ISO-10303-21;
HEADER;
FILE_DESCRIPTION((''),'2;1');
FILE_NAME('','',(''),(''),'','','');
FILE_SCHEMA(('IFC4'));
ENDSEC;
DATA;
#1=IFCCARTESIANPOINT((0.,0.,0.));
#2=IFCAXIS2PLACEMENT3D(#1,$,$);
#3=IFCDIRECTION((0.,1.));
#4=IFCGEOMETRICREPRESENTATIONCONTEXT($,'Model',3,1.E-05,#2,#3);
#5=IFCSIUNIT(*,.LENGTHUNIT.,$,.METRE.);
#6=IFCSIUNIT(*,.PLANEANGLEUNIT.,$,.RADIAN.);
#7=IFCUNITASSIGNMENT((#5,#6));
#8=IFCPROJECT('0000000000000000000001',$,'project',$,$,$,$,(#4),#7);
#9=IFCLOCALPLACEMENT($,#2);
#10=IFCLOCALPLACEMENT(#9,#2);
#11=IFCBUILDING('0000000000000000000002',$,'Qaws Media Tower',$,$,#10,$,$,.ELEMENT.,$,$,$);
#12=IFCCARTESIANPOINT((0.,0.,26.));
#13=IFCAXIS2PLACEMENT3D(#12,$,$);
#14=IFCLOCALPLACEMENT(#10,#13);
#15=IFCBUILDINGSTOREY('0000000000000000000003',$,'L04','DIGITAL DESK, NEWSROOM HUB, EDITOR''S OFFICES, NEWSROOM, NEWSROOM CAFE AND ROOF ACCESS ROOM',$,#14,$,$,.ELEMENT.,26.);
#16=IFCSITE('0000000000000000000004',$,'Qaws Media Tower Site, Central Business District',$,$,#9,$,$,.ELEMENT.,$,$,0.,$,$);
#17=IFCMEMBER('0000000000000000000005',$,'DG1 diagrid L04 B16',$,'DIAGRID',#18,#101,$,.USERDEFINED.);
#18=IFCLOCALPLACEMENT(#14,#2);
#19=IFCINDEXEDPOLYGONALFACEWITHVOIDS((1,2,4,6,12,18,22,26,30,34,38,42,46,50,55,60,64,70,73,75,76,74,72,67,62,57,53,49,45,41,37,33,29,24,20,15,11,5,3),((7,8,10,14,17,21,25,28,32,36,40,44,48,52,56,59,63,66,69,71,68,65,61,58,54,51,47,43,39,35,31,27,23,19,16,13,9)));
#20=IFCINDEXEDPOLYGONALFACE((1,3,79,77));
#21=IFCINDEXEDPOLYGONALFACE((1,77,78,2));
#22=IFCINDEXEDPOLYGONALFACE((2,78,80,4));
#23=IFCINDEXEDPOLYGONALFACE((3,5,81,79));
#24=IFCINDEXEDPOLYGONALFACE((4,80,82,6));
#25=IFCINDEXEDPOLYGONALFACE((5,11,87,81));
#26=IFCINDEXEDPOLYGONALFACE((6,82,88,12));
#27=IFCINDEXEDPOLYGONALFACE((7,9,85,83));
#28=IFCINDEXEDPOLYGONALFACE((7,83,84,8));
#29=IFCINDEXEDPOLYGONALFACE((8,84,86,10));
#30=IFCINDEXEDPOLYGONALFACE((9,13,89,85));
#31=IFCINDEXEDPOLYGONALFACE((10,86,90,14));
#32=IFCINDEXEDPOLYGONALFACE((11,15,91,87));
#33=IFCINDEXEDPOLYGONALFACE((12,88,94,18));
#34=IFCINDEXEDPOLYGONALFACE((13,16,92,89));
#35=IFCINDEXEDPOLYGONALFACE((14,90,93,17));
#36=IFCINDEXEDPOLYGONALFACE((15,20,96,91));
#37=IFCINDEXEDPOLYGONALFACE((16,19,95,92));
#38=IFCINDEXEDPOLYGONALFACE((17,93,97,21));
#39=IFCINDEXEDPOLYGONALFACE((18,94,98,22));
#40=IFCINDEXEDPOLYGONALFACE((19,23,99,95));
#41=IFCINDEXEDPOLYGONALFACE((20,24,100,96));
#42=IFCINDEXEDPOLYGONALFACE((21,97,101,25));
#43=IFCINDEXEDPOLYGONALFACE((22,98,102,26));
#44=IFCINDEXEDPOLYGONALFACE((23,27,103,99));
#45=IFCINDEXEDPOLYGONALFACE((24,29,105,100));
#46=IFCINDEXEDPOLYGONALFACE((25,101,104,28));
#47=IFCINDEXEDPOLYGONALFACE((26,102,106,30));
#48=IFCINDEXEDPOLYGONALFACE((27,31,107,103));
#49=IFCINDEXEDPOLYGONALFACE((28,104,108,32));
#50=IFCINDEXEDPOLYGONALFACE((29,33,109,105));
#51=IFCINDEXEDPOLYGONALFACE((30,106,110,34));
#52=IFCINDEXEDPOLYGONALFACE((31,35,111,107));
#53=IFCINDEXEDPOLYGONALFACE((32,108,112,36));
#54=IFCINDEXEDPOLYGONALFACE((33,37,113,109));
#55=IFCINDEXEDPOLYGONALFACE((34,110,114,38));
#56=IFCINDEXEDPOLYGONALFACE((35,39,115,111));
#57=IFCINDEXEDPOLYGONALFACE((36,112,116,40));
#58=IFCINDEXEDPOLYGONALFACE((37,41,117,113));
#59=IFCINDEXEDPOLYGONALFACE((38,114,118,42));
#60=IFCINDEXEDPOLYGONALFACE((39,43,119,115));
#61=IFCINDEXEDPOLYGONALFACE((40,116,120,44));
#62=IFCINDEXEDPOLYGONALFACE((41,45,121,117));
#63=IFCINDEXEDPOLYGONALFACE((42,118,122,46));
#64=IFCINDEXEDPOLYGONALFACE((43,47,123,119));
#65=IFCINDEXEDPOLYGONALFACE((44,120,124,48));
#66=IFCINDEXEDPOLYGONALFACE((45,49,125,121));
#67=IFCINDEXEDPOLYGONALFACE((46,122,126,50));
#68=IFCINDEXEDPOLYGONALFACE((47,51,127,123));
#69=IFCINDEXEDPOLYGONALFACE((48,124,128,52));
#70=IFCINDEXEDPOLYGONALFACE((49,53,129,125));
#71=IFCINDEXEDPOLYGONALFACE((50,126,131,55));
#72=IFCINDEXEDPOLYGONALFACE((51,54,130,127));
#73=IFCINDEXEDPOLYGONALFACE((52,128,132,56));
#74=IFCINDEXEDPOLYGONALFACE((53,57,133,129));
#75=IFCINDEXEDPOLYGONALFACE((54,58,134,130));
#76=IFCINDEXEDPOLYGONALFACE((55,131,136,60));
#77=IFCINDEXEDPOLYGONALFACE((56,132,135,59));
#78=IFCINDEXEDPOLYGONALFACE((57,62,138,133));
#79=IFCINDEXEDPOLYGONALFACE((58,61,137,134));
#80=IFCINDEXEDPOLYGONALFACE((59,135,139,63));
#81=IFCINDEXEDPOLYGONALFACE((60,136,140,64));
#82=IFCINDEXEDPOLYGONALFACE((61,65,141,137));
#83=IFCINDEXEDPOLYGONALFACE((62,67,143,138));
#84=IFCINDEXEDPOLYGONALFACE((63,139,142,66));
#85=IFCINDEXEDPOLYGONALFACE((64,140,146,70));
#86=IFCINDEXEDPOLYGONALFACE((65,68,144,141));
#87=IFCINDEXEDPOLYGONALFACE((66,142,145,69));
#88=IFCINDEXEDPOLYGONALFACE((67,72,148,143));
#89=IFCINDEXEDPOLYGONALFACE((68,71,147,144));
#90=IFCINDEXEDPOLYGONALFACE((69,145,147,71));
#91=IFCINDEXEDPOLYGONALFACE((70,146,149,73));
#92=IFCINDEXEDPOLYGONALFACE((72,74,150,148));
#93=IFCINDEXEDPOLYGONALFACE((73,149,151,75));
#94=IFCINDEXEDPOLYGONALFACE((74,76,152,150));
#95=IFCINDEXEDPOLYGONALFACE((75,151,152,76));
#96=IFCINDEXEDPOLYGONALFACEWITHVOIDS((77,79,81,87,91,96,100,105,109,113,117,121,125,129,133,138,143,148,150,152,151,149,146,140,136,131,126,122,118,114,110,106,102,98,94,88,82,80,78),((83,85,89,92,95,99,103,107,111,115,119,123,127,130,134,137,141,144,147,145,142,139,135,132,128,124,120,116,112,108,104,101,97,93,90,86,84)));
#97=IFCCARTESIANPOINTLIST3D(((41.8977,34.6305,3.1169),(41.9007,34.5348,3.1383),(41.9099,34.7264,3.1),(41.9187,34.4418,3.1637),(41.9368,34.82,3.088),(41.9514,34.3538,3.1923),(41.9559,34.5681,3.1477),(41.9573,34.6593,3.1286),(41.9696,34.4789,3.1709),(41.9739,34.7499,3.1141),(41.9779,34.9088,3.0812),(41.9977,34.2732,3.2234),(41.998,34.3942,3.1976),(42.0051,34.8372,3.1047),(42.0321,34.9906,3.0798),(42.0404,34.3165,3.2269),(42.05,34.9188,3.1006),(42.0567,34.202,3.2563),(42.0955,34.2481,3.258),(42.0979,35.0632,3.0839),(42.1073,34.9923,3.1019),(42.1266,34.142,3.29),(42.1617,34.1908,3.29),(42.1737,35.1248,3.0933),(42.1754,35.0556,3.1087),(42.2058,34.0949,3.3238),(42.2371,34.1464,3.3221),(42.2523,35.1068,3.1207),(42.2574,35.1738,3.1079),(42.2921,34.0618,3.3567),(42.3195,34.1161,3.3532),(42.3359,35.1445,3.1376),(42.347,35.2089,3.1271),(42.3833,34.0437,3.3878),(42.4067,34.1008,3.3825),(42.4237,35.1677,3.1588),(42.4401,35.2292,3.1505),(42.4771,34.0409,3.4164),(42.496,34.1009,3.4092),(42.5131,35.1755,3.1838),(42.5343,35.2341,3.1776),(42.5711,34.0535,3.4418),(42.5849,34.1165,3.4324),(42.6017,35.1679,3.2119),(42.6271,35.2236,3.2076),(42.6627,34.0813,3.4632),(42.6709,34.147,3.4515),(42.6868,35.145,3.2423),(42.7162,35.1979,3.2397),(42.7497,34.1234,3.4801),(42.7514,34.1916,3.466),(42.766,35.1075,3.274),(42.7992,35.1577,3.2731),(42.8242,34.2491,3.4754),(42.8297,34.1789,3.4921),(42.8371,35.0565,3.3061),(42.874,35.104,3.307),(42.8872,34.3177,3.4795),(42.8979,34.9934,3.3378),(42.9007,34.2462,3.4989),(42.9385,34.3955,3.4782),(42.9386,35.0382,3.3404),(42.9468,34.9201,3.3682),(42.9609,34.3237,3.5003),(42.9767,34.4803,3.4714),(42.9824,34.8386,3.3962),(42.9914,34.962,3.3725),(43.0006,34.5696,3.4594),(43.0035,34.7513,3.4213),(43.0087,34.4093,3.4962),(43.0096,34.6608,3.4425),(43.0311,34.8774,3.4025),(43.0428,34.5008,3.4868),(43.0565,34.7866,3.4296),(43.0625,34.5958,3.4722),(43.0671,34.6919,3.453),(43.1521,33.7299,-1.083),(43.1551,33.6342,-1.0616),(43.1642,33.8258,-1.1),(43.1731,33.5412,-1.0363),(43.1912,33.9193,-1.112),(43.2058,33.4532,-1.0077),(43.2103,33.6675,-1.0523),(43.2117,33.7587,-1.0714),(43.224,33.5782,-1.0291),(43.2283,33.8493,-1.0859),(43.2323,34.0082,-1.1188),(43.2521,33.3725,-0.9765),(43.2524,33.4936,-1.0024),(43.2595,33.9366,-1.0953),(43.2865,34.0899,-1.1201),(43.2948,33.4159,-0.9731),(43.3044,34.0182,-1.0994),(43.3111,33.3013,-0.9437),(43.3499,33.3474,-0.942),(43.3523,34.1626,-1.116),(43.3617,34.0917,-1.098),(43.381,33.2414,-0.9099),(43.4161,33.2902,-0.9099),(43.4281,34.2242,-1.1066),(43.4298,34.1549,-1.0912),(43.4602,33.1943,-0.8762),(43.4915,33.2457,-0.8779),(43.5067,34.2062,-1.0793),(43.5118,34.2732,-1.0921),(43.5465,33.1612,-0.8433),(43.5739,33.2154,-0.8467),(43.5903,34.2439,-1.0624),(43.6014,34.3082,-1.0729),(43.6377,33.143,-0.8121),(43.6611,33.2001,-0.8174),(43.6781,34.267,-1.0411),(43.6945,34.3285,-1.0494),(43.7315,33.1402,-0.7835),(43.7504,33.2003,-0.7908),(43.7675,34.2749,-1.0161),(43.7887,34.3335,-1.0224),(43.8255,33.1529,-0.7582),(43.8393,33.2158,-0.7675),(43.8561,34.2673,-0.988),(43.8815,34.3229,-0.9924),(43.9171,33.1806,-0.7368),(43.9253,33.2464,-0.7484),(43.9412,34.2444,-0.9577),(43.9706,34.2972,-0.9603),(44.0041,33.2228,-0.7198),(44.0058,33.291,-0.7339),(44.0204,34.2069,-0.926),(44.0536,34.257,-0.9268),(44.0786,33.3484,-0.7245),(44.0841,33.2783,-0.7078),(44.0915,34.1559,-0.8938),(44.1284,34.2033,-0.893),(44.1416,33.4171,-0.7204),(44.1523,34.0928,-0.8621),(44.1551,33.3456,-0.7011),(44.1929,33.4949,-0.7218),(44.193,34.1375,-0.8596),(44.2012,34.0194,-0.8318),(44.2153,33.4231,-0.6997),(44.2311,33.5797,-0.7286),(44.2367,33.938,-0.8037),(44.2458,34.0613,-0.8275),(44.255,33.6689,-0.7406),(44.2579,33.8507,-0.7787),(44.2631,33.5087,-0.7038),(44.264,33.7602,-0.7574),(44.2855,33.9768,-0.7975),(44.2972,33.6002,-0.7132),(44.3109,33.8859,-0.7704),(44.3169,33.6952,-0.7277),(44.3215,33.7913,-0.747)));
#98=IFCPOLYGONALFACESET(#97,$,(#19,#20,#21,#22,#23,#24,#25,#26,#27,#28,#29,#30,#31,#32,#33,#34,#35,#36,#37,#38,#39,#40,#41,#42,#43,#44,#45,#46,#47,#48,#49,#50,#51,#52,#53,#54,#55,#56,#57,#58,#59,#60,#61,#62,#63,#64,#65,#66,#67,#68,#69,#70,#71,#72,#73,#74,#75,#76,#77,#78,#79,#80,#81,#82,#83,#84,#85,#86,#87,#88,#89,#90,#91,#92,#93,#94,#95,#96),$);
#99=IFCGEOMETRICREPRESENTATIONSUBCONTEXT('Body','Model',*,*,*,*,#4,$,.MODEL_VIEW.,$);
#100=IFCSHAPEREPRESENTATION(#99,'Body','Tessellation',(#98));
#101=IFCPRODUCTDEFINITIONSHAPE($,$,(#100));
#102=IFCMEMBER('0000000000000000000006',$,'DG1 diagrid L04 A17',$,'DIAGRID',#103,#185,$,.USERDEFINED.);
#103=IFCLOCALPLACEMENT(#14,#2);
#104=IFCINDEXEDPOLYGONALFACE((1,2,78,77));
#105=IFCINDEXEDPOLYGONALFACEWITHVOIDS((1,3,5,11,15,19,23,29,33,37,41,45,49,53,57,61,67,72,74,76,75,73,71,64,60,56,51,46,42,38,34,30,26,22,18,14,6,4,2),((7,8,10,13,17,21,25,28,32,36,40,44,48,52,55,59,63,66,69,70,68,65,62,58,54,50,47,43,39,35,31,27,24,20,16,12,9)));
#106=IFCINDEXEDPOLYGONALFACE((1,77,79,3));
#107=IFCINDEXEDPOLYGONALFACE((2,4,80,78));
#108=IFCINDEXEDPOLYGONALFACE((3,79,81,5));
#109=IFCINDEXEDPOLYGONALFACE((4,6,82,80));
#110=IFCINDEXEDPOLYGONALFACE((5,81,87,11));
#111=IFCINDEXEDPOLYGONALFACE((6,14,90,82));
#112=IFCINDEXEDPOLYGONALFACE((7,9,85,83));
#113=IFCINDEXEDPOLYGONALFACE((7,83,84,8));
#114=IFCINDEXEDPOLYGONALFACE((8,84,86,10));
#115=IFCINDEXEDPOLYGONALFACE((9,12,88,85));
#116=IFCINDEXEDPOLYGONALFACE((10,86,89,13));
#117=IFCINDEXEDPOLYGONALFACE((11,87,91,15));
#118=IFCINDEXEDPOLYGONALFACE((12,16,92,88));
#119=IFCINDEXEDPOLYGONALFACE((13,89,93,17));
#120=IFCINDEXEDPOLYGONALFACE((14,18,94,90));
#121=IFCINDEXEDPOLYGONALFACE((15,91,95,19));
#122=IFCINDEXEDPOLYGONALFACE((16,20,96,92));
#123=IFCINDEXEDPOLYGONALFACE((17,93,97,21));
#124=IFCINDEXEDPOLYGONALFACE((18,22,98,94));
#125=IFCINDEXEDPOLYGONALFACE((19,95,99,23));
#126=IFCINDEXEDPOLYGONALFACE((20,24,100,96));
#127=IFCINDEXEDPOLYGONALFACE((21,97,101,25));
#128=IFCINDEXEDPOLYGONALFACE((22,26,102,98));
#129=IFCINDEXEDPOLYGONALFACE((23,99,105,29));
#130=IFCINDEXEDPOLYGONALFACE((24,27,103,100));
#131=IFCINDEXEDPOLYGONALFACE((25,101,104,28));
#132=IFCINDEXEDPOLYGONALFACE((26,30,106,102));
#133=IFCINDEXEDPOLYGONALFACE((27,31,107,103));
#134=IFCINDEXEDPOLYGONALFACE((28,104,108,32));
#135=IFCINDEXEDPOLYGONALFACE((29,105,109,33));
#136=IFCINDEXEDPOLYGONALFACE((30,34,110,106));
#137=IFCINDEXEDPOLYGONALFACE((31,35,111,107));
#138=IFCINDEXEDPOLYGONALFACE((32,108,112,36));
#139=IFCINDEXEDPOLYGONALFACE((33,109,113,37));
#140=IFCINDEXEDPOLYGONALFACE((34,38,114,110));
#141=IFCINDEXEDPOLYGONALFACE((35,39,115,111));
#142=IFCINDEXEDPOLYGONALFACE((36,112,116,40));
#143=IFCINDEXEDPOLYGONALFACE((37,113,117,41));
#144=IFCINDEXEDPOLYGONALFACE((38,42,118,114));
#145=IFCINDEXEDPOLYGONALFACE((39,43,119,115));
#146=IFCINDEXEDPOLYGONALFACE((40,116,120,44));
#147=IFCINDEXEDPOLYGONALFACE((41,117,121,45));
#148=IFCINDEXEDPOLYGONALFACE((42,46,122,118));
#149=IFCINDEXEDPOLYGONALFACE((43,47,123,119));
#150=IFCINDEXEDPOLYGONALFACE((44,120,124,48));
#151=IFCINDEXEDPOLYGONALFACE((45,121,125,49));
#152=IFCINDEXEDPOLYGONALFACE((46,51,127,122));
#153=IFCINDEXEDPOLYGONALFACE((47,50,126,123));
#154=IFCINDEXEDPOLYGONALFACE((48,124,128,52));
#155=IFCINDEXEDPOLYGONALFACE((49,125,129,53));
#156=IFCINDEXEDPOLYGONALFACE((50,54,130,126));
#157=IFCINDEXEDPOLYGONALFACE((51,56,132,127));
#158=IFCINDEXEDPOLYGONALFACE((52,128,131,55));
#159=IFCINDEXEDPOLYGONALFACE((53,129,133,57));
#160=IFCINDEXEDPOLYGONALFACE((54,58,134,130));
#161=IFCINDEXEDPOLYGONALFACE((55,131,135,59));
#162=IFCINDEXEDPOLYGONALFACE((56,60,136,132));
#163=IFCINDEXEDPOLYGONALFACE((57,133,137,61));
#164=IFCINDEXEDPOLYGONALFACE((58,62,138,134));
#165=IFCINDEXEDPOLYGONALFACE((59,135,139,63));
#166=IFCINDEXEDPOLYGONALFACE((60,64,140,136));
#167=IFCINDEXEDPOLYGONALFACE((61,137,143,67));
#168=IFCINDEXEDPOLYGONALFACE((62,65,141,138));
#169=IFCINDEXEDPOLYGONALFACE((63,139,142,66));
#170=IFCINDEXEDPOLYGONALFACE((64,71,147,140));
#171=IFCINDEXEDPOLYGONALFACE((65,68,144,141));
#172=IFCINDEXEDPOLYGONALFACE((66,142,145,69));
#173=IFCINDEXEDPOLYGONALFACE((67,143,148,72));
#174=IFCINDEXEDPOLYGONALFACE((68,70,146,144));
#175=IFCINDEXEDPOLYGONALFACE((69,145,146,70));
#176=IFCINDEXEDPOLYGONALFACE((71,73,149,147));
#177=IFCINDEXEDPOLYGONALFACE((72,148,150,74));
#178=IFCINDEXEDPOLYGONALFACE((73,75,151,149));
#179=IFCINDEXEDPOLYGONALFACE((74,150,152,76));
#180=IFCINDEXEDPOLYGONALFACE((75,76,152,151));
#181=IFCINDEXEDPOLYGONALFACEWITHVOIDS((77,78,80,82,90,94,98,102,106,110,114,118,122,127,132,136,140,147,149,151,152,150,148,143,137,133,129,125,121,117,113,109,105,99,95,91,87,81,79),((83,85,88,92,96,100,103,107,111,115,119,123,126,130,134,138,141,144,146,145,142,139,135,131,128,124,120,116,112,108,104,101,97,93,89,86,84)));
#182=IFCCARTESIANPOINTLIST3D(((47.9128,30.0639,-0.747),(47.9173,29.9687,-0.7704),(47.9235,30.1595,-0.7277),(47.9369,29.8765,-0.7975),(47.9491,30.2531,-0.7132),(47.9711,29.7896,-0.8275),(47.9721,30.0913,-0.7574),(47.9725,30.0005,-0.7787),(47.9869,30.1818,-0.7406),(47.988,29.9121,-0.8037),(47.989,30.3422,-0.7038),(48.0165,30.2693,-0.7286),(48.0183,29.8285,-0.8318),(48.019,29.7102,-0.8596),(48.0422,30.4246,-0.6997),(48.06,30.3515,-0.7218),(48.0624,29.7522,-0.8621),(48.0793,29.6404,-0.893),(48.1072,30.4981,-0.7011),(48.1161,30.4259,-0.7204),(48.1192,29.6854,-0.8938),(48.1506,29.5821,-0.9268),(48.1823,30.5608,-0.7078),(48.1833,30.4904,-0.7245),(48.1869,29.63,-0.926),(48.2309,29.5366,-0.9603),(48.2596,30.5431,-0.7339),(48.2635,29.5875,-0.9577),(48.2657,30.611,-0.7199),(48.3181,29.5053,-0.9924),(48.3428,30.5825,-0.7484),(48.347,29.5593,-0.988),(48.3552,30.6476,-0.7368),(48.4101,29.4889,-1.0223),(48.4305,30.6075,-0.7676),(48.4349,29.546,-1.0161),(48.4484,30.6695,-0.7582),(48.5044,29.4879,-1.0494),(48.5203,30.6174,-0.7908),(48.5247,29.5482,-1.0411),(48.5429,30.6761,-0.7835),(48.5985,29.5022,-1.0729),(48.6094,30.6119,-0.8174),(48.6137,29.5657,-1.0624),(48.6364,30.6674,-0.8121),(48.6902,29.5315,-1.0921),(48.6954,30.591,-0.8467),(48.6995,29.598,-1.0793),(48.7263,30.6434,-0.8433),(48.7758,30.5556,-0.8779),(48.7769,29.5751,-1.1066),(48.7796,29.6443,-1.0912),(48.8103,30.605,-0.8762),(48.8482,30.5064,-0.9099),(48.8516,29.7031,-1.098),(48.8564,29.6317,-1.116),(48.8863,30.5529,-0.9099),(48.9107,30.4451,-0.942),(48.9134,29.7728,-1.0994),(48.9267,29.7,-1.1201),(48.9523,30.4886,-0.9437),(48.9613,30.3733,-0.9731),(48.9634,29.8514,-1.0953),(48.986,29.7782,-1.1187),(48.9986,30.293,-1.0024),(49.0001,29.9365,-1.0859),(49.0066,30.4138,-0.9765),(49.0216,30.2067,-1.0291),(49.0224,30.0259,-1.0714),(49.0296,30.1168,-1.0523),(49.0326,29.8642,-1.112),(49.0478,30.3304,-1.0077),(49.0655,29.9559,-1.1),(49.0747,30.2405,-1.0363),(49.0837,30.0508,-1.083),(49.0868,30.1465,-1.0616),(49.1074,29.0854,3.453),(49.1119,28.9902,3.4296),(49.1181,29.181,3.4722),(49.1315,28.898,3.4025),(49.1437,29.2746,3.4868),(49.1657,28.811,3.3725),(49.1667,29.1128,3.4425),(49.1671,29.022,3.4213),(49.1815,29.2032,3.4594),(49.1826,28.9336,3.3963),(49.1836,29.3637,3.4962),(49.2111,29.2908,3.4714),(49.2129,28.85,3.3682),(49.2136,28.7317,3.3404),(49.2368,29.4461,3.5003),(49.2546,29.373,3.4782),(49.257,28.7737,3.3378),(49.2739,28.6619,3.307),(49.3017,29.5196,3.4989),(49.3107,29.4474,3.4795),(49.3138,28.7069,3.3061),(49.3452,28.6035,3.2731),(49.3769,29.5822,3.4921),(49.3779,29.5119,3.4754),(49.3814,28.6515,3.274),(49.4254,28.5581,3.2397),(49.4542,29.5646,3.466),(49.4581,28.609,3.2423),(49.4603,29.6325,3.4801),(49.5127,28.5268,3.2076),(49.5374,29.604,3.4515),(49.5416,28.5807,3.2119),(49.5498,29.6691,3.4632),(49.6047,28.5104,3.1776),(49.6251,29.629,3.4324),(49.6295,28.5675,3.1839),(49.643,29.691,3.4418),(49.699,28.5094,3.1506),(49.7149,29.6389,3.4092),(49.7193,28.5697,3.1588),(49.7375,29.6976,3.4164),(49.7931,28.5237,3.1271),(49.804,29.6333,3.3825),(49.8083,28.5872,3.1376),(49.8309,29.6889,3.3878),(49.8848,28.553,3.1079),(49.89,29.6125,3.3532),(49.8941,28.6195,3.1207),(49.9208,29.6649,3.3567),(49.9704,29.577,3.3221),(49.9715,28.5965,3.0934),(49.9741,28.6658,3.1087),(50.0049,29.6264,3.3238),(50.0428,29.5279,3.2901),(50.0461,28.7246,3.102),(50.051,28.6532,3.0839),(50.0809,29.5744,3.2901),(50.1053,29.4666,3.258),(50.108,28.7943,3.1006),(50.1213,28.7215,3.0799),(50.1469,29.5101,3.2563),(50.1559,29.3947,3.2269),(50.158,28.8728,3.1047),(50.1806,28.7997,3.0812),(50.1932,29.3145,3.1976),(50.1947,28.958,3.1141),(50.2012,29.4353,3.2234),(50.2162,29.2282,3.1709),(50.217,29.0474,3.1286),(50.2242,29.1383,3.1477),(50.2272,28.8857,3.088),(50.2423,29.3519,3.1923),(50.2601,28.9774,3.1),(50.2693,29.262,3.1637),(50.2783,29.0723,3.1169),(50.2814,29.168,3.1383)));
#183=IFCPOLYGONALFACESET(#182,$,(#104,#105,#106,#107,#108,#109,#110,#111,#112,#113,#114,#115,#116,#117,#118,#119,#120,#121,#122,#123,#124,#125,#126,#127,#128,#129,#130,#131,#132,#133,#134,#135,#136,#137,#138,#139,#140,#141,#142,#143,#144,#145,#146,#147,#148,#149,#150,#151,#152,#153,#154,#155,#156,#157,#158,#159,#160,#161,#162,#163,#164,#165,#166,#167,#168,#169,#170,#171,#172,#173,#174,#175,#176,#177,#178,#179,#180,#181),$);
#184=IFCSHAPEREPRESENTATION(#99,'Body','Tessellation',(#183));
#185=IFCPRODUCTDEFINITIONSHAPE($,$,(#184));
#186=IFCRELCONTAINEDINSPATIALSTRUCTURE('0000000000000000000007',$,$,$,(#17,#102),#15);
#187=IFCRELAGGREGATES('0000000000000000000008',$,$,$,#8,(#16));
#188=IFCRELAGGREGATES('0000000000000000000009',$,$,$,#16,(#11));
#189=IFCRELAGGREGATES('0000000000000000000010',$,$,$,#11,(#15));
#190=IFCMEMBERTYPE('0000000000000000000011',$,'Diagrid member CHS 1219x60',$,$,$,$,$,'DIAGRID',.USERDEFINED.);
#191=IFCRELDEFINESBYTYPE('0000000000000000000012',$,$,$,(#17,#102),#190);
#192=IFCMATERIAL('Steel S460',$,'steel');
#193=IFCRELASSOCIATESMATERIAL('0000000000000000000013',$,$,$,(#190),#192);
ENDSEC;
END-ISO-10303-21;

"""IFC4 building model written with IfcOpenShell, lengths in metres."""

from ifc_helpers import new_model, si_unit, direction, frame, origin, origin_2d, place, context, subcontext, project, spatial, hollow_circle, extrude, material, material_profile, profile_set, type_object, element, save


model = new_model("IFC4")

# Units and contexts
model_context = context("Model", 3, precision=1e-05, world=origin(), true_north=direction((0.0, 1.0)))
body_context = subcontext(model_context, "Body", "Model", "MODEL_VIEW")
ifc_project = project(units=[si_unit("LENGTHUNIT", "METRE"), si_unit("PLANEANGLEUNIT", "RADIAN")], contexts=[model_context])

# Site, building, storey
site_placement = place(None, origin())
site = spatial("IfcSite", under=ifc_project, at=site_placement, Name="Qaws Media Tower Site, Central Business District", CompositionType="ELEMENT", RefElevation=0.0)
building_placement = place(site_placement, origin())
building = spatial("IfcBuilding", under=site, at=building_placement, Name="Qaws Media Tower", CompositionType="ELEMENT")
storey_placement = place(building_placement, frame((0.0, 0.0, 26.0)))
storey = spatial("IfcBuildingStorey", under=building, at=storey_placement, Name="L04", Description="DIGITAL DESK, NEWSROOM HUB, EDITOR'S OFFICES, NEWSROOM, NEWSROOM CAFE AND ROOF ACCESS ROOM", CompositionType="ELEMENT", Elevation=26.0)

# Members
ifc_material_1 = material(Name="Steel S460", Category="steel")
ifc_material_profile_1 = material_profile(ifc_material_1, hollow_circle(Radius=0.6096, WallThickness=0.0601, at=origin_2d()), Name="CHS 1219x60")
ifc_profile_set_1 = profile_set([ifc_material_profile_1], Name="Steel S460")
member_type_1 = type_object("IfcMemberType", Name="Diagrid member CHS 1219x60", ElementType="DIAGRID", PredefinedType="USERDEFINED", material=ifc_profile_set_1)
for number, where, z_axis, x_axis, name in (
    (1, (43.7366, 33.7366, -0.9099), (-0.280321, 0.201266, 0.938569), (-0.583226, -0.81231, 0.0), "DG1 diagrid L04 B16"),
    (2, (48.5, 30.0813, -0.9099), (0.266955, -0.218671, 0.938572), (0.633677, 0.773598, 0.0), "DG1 diagrid L04 A17"),
):
    element("IfcMember", number, at=place(storey_placement, frame(where, z_axis=z_axis, x_axis=x_axis)), inside=storey, type_object=member_type_1, Name=name, ObjectType="DIAGRID", PredefinedType="USERDEFINED", context=body_context, shape_type="SweptSolid", body=[
        extrude(hollow_circle(Radius=0.6096, WallThickness=0.0601, at=origin_2d()), origin(), (0.0, 0.0, 1.0), 4.4749),
    ])

save(model, "model.ifc")
